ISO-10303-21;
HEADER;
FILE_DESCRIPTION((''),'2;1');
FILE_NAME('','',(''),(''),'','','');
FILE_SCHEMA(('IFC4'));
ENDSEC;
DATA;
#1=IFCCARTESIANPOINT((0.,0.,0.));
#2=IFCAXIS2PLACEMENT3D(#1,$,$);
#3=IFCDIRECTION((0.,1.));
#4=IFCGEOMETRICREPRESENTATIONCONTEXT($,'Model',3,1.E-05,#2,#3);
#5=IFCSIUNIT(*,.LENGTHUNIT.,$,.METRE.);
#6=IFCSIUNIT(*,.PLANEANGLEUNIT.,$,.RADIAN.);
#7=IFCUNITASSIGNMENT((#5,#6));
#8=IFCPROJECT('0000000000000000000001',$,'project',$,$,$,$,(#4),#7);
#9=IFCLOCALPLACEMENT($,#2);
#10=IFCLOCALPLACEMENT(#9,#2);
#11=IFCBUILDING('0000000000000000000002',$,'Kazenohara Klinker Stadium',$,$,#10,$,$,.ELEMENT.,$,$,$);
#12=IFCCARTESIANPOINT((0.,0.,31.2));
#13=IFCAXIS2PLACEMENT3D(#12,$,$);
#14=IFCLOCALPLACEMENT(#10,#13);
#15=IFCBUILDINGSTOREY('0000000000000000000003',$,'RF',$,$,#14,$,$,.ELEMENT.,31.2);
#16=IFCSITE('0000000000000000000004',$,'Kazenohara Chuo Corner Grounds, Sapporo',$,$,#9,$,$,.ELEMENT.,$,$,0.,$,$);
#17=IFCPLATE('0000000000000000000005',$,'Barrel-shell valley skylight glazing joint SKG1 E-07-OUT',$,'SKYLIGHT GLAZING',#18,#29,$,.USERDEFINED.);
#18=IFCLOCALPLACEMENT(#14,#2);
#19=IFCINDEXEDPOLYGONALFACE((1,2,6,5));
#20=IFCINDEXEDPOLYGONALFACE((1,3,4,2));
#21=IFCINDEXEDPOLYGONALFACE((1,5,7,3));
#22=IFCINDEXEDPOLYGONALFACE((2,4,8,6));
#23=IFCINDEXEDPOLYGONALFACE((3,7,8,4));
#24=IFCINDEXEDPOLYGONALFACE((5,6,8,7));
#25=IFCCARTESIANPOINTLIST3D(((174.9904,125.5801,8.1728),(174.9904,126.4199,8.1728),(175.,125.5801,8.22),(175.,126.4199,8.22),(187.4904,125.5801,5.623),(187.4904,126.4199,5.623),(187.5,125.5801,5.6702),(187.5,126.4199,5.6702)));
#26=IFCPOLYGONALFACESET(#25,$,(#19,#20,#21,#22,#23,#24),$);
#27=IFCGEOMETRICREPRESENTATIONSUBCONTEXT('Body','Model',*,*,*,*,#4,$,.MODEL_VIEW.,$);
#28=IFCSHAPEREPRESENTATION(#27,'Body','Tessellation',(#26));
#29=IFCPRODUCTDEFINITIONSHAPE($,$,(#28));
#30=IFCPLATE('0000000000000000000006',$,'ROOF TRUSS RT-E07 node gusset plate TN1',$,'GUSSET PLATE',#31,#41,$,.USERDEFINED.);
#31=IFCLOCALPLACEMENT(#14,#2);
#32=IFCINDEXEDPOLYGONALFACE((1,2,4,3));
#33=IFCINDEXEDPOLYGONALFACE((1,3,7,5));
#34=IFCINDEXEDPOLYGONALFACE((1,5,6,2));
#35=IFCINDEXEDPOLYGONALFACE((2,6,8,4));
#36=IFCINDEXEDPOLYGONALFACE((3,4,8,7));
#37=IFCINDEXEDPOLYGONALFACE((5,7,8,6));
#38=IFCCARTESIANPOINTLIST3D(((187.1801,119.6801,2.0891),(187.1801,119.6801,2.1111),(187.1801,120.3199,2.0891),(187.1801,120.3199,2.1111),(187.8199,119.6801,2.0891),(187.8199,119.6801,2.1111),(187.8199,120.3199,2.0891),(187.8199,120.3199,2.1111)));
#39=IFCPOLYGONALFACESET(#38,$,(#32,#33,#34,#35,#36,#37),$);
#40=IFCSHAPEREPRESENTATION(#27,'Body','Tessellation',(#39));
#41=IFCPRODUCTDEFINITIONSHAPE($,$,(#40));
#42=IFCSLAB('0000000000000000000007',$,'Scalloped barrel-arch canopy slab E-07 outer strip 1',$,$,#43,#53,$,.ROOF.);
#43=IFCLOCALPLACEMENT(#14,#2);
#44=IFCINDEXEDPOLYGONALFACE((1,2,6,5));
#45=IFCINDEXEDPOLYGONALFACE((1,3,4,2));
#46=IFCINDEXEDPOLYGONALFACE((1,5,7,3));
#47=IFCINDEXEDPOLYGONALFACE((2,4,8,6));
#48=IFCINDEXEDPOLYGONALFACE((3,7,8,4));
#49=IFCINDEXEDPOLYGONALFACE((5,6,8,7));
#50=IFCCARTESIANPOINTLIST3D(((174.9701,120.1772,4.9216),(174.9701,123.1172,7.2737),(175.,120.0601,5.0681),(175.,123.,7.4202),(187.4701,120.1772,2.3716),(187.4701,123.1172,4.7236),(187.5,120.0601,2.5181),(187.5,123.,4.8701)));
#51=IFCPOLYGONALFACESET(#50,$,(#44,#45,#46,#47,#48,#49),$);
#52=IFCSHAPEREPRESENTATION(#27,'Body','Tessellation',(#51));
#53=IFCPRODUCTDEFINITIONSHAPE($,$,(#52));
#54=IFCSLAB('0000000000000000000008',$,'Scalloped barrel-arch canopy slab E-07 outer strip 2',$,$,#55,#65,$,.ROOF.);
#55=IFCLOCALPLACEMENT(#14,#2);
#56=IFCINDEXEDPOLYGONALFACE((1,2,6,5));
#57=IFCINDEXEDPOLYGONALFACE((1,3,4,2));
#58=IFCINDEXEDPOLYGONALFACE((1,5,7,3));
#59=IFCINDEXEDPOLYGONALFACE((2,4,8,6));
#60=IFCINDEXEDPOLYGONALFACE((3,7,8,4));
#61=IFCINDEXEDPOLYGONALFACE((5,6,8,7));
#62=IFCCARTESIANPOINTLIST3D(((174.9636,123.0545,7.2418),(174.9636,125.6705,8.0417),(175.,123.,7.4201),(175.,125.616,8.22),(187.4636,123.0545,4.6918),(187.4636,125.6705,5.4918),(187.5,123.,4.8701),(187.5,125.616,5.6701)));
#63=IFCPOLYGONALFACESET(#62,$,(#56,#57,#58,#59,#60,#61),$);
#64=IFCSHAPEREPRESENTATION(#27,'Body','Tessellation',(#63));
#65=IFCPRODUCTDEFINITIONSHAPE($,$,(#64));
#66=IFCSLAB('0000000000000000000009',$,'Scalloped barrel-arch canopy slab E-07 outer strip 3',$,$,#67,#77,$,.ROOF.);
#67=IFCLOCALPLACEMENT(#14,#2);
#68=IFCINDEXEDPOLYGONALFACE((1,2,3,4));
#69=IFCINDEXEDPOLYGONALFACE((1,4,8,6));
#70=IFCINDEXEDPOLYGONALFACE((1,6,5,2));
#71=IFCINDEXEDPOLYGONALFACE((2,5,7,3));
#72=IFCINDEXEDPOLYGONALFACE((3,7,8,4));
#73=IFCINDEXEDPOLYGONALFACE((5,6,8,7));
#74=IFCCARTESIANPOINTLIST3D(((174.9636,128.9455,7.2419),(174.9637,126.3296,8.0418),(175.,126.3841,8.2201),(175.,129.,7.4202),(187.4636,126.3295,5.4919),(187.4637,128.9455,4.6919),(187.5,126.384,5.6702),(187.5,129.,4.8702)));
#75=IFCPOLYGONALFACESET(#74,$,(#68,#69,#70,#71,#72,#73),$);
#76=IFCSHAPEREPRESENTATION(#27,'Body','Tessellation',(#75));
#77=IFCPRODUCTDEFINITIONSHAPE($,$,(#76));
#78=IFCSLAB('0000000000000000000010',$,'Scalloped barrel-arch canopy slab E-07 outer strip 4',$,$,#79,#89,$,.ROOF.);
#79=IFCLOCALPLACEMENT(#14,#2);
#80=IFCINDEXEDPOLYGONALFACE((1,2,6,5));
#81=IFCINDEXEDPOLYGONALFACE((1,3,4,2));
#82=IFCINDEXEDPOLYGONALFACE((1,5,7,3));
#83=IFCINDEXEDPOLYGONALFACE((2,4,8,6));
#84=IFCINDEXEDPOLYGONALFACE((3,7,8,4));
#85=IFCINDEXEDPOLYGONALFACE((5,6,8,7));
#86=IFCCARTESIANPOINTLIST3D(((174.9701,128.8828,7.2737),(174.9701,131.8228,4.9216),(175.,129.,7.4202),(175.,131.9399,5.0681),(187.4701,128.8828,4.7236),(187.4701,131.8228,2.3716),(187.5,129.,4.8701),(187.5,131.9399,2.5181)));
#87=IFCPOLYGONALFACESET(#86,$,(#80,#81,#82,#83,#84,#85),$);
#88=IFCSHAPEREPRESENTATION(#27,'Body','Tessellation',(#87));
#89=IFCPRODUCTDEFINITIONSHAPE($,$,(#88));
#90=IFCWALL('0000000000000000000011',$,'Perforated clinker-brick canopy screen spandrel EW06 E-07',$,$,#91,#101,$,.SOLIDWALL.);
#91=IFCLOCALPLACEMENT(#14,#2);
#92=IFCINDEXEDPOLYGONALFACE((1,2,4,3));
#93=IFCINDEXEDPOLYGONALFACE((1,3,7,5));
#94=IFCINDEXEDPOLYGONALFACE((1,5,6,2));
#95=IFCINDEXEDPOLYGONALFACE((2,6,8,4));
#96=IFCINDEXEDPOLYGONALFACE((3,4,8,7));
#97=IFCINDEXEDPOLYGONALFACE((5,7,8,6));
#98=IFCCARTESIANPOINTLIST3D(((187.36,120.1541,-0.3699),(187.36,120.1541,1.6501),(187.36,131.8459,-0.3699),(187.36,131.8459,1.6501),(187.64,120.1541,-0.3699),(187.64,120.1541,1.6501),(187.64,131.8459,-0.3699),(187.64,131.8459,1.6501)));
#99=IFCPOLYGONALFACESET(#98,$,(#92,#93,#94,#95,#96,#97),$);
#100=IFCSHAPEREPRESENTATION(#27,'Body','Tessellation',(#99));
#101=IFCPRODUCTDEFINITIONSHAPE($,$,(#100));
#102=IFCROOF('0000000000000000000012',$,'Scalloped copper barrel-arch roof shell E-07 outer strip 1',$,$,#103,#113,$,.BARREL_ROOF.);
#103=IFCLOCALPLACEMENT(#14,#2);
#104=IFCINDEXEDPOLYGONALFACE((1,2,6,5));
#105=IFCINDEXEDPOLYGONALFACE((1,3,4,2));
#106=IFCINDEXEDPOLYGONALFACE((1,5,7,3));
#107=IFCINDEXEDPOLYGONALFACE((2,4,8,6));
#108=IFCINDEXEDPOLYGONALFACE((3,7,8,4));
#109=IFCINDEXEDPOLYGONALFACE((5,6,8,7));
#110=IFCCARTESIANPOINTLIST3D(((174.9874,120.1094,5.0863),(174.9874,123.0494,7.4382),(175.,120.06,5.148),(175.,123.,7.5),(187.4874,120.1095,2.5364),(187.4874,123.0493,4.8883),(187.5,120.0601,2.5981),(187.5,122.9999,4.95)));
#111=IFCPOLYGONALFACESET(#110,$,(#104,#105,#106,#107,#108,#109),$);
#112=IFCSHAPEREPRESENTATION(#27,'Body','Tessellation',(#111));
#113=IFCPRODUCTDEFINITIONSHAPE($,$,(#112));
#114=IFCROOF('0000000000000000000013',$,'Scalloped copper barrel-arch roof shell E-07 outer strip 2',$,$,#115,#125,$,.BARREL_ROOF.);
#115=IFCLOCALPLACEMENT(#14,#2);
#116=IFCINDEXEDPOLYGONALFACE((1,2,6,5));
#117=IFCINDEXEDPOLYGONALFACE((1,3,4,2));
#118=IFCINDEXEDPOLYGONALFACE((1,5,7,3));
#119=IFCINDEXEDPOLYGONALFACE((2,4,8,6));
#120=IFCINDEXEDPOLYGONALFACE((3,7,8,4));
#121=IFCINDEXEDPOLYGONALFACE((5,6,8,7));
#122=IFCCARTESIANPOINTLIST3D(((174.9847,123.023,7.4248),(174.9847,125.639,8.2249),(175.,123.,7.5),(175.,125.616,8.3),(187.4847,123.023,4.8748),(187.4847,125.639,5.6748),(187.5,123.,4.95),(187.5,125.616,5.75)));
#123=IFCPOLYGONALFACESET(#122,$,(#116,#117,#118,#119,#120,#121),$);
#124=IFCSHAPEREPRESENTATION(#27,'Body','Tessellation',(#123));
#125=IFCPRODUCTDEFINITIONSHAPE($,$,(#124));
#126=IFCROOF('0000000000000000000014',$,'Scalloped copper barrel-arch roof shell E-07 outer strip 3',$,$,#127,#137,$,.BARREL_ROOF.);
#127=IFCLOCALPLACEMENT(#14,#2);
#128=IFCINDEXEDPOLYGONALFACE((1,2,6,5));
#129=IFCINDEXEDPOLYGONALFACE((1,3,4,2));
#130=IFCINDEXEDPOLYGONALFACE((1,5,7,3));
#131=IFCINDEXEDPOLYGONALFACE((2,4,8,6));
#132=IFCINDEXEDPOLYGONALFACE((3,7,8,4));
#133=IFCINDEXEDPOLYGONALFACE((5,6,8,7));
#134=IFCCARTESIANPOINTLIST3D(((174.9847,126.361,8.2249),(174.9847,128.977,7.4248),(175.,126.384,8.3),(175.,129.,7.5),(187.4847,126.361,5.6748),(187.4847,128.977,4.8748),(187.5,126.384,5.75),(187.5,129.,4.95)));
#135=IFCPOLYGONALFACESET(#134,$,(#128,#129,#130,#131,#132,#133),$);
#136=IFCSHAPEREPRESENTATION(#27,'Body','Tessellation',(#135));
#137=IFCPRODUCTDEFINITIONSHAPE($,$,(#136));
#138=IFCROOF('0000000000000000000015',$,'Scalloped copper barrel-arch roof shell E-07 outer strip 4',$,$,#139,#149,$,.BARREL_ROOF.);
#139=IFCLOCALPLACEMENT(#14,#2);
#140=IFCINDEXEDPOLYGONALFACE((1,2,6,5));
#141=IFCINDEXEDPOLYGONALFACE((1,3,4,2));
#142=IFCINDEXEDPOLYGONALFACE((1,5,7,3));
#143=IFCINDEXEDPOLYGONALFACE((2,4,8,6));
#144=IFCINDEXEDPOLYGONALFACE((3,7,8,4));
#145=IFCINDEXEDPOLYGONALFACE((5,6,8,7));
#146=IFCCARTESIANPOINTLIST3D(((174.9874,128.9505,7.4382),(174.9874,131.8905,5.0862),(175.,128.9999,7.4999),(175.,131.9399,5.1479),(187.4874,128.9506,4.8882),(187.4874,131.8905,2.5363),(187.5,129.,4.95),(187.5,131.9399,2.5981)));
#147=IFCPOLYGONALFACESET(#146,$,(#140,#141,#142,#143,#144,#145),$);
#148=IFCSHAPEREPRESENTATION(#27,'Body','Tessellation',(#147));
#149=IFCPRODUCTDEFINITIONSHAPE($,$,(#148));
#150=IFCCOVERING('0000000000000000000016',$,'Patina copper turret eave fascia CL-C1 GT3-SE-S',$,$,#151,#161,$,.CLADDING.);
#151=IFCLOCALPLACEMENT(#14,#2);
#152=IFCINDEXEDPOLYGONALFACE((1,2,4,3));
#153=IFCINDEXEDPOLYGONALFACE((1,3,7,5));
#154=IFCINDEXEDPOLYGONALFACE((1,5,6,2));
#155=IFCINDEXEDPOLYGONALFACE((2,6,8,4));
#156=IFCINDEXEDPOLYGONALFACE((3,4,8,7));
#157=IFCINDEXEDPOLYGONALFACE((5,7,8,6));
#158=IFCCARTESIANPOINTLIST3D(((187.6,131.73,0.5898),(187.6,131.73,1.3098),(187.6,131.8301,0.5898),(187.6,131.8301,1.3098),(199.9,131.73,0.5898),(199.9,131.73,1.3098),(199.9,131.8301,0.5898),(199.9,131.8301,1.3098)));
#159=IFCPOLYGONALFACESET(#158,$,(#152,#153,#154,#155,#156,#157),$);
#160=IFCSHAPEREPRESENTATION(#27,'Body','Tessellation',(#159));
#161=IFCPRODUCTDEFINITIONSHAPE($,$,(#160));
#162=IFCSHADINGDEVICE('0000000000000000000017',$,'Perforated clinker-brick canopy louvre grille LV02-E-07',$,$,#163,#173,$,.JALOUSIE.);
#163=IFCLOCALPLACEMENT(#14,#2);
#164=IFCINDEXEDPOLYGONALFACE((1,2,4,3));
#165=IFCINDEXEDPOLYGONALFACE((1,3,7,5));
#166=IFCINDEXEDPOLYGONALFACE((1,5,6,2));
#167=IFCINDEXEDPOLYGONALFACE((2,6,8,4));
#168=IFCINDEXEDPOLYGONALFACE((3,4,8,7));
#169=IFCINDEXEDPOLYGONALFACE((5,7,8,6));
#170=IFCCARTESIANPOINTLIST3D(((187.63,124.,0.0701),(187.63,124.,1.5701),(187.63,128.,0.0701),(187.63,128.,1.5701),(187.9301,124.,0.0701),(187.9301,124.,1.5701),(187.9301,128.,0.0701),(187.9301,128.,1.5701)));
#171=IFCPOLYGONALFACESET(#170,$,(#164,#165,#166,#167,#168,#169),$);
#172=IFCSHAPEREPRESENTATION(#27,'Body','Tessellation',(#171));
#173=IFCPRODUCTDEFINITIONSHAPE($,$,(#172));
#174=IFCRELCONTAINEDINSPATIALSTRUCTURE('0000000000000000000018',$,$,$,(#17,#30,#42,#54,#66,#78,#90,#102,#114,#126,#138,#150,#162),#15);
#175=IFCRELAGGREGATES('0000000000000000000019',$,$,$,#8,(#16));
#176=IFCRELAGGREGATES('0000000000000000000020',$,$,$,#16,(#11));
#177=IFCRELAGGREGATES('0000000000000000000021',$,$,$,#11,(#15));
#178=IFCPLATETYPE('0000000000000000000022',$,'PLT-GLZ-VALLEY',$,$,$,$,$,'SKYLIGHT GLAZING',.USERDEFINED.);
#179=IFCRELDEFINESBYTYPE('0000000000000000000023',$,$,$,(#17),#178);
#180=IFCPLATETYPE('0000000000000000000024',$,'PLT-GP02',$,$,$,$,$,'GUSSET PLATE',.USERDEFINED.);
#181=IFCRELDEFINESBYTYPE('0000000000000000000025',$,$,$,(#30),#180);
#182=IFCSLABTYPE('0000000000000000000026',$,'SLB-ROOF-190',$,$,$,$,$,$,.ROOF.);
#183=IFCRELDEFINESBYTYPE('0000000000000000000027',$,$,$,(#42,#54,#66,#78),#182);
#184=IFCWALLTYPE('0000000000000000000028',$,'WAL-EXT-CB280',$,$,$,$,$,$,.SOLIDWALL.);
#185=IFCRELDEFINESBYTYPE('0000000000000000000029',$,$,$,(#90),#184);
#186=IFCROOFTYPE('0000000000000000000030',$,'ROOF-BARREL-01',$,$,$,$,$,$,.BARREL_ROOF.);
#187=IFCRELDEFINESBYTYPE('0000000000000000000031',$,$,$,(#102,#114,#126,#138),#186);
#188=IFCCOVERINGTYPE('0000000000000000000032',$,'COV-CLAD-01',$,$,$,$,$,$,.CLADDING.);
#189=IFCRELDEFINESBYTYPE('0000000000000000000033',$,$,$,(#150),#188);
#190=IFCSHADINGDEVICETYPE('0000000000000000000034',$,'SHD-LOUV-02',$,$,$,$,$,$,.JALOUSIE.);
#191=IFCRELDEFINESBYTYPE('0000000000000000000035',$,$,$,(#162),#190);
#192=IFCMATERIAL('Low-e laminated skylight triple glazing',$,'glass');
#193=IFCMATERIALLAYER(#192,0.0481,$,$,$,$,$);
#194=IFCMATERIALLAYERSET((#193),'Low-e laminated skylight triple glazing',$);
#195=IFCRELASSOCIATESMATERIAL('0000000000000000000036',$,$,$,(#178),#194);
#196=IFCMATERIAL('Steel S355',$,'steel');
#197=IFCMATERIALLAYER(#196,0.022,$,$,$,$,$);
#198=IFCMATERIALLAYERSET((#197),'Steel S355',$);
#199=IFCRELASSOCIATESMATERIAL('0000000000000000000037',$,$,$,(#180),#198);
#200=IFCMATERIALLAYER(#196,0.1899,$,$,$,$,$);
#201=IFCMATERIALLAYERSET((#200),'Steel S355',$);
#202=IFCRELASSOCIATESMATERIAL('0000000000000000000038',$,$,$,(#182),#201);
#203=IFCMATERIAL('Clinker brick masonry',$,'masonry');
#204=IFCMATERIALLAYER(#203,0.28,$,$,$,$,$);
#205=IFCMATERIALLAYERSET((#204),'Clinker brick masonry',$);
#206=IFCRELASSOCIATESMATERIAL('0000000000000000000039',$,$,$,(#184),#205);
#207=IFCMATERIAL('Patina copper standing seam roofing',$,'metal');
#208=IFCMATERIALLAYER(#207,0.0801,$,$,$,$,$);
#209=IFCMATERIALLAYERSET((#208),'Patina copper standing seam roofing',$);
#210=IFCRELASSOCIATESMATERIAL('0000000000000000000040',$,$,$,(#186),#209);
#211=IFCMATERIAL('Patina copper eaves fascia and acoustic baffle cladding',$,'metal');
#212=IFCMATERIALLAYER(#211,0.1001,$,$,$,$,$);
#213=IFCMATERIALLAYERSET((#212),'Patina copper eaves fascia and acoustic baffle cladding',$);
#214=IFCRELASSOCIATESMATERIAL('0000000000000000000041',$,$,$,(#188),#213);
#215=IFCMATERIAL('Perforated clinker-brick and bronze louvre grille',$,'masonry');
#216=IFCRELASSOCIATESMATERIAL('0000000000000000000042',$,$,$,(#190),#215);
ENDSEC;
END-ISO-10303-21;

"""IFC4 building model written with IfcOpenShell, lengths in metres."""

from ifc_helpers import new_model, si_unit, direction, frame, frame_2d, origin, origin_2d, place, context, subcontext, project, spatial, polyline, rectangle, outline, extrude, material, layer, layer_set, type_object, element, save


model = new_model("IFC4")

# Units and contexts
model_context = context("Model", 3, precision=1e-05, world=origin(), true_north=direction((0.0, 1.0)))
body_context = subcontext(model_context, "Body", "Model", "MODEL_VIEW")
ifc_project = project(units=[si_unit("LENGTHUNIT", "METRE"), si_unit("PLANEANGLEUNIT", "RADIAN")], contexts=[model_context])

# Site, building, storey
site_placement = place(None, origin())
site = spatial("IfcSite", under=ifc_project, at=site_placement, Name="Kazenohara Chuo Corner Grounds, Sapporo", CompositionType="ELEMENT", RefElevation=0.0)
building_placement = place(site_placement, origin())
building = spatial("IfcBuilding", under=site, at=building_placement, Name="Kazenohara Klinker Stadium", CompositionType="ELEMENT")
storey_placement = place(building_placement, frame((0.0, 0.0, 31.2)))
storey = spatial("IfcBuildingStorey", under=building, at=storey_placement, Name="RF", CompositionType="ELEMENT", Elevation=31.2)

# Shared definitions
ifc_material_1 = material(Name="Steel S355", Category="steel")

# Plates
ifc_material_2 = material(Name="Low-e laminated skylight triple glazing", Category="glass")
ifc_layer_1 = layer(ifc_material_2, 0.0481)
ifc_layer_set_1 = layer_set([ifc_layer_1], Name="Low-e laminated skylight triple glazing")
plate_type_1 = type_object("IfcPlateType", Name="PLT-GLZ-VALLEY", ElementType="SKYLIGHT GLAZING", PredefinedType="USERDEFINED", material=ifc_layer_set_1)
plate_1_placement = place(storey_placement, frame((187.5, 125.5801, 5.6702), z_axis=(0.199869, 0.0, 0.979823), x_axis=(-0.979823, 0.0, 0.199869)))
element("IfcPlate", 1, at=plate_1_placement, inside=storey, type_object=plate_type_1, Name="Barrel-shell valley skylight glazing joint SKG1 E-07-OUT", ObjectType="SKYLIGHT GLAZING", PredefinedType="USERDEFINED", context=body_context, shape_type="SweptSolid", body=[
    extrude(outline(polyline([(0.0, 0.0), (12.7574, 0.0), (12.7574, -0.8398), (0.0, -0.8398), (0.0, 0.0)])), origin(), (0.0, 0.0, -1.0), 0.0481),
])
ifc_layer_2 = layer(ifc_material_1, 0.022)
ifc_layer_set_2 = layer_set([ifc_layer_2], Name="Steel S355")
plate_type_2 = type_object("IfcPlateType", Name="PLT-GP02", ElementType="GUSSET PLATE", PredefinedType="USERDEFINED", material=ifc_layer_set_2)
plate_2_placement = place(storey_placement, frame((187.5, 120.0, 2.0891), z_axis=(0.0, 0.0, 1.0), x_axis=(1.0, 0.0, 0.0)))
element("IfcPlate", 2, at=plate_2_placement, inside=storey, type_object=plate_type_2, Name="ROOF TRUSS RT-E07 node gusset plate TN1", ObjectType="GUSSET PLATE", PredefinedType="USERDEFINED", context=body_context, shape_type="SweptSolid", body=[
    extrude(rectangle(XDim=0.6399, YDim=0.6399, at=origin_2d()), origin(), (0.0, 0.0, 1.0), 0.022),
])

# Slabs
ifc_layer_3 = layer(ifc_material_1, 0.1899)
ifc_layer_set_3 = layer_set([ifc_layer_3], Name="Steel S355")
slab_type = type_object("IfcSlabType", Name="SLB-ROOF-190", PredefinedType="ROOF", material=ifc_layer_set_3)
slab_1_placement = place(storey_placement, frame((187.5, 120.0601, 2.5181), z_axis=(0.157314, -0.616932, 0.771133), x_axis=(-0.979819, 0.0, 0.199887)))
element("IfcSlab", 3, at=slab_1_placement, inside=storey, type_object=slab_type, Name="Scalloped barrel-arch canopy slab E-07 outer strip 1", PredefinedType="ROOF", context=body_context, shape_type="SweptSolid", body=[
    extrude(outline(polyline([(0.0, 0.0), (12.7575, 0.0), (13.2276, -3.7356), (0.4701, -3.7356), (0.0, 0.0)])), origin(), (0.0, 0.0, -1.0), 0.1899),
])
slab_2_placement = place(storey_placement, frame((187.5, 123.0, 4.8701), z_axis=(0.191468, -0.28701, 0.938597), x_axis=(-0.979821, 0.000003, 0.199878)))
element("IfcSlab", 4, at=slab_2_placement, inside=storey, type_object=slab_type, Name="Scalloped barrel-arch canopy slab E-07 outer strip 2", PredefinedType="ROOF", context=body_context, shape_type="SweptSolid", body=[
    extrude(outline(polyline([(0.0, 0.0), (12.7575, 0.0), (12.9173, -2.7308), (0.1599, -2.7309), (0.0, 0.0)])), origin(), (0.0, 0.0, -1.0), 0.1899),
])
slab_3_placement = place(storey_placement, frame((187.5, 126.384, 5.6702), z_axis=(0.191468, 0.28701, 0.938597), x_axis=(-0.979821, 0.000003, 0.199877)))
element("IfcSlab", 5, at=slab_3_placement, inside=storey, type_object=slab_type, Name="Scalloped barrel-arch canopy slab E-07 outer strip 3", PredefinedType="ROOF", context=body_context, shape_type="SweptSolid", body=[
    extrude(outline(polyline([(0.0, 0.0), (12.7574, 0.0), (12.5976, -2.7308), (-0.1599, -2.7309), (0.0, 0.0)])), origin(), (0.0, 0.0, -1.0), 0.1899),
])
slab_4_placement = place(storey_placement, frame((187.5, 129.0, 4.8701), z_axis=(0.157314, 0.616932, 0.771133), x_axis=(-0.979819, 0.0, 0.199887)))
element("IfcSlab", 6, at=slab_4_placement, inside=storey, type_object=slab_type, Name="Scalloped barrel-arch canopy slab E-07 outer strip 4", PredefinedType="ROOF", context=body_context, shape_type="SweptSolid", body=[
    extrude(outline(polyline([(0.0, 0.0), (12.7575, 0.0), (12.2873, -3.7356), (-0.4701, -3.7356), (0.0, 0.0)])), origin(), (0.0, 0.0, -1.0), 0.1899),
])

# Wall
ifc_material_3 = material(Name="Clinker brick masonry", Category="masonry")
ifc_layer_4 = layer(ifc_material_3, 0.28)
ifc_layer_set_4 = layer_set([ifc_layer_4], Name="Clinker brick masonry")
wall_type = type_object("IfcWallType", Name="WAL-EXT-CB280", PredefinedType="SOLIDWALL", material=ifc_layer_set_4)
wall_placement = place(storey_placement, frame((187.5, 120.1541, -0.3699), z_axis=(0.0, 0.0, 1.0), x_axis=(0.0, 1.0, 0.0)))
element("IfcWall", 7, at=wall_placement, inside=storey, type_object=wall_type, Name="Perforated clinker-brick canopy screen spandrel EW06 E-07", PredefinedType="SOLIDWALL", context=body_context, shape_type="SweptSolid", body=[
    extrude(rectangle(XDim=11.6919, YDim=0.28, at=frame_2d((5.8459, 0.0))), origin(), (0.0, 0.0, 1.0), 2.02),
])

# Roofs
ifc_material_4 = material(Name="Patina copper standing seam roofing", Category="metal")
ifc_layer_5 = layer(ifc_material_4, 0.0801)
ifc_layer_set_5 = layer_set([ifc_layer_5], Name="Patina copper standing seam roofing")
roof_type = type_object("IfcRoofType", Name="ROOF-BARREL-01", PredefinedType="BARREL_ROOF", material=ifc_layer_set_5)
roof_1_placement = place(storey_placement, frame((187.5, 120.0601, 2.5981), z_axis=(0.15731, -0.616913, 0.77115), x_axis=(-0.979822, -0.000005, 0.199874)))
element("IfcRoof", 8, at=roof_1_placement, inside=storey, type_object=roof_type, Name="Scalloped copper barrel-arch roof shell E-07 outer strip 1", PredefinedType="BARREL_ROOF", context=body_context, shape_type="SweptSolid", body=[
    extrude(outline(polyline([(0.0, 0.0), (12.7574, 0.0), (13.2275, -3.7356), (0.4701, -3.7354), (0.0, 0.0)])), origin(), (0.0, 0.0, -1.0), 0.0801),
])
roof_2_placement = place(storey_placement, frame((187.5, 123.0, 4.95), z_axis=(0.191475, -0.28705, 0.938584), x_axis=(-0.979819, 0.0, 0.199887)))
element("IfcRoof", 9, at=roof_2_placement, inside=storey, type_object=roof_type, Name="Scalloped copper barrel-arch roof shell E-07 outer strip 2", PredefinedType="BARREL_ROOF", context=body_context, shape_type="SweptSolid", body=[
    extrude(outline(polyline([(0.0, 0.0), (12.7575, 0.0), (12.9174, -2.7309), (0.1599, -2.7309), (0.0, 0.0)])), origin(), (0.0, 0.0, -1.0), 0.0801),
])
roof_3_placement = place(storey_placement, frame((187.5, 126.384, 5.75), z_axis=(0.191475, 0.28705, 0.938584), x_axis=(-0.979819, 0.0, 0.199887)))
element("IfcRoof", 10, at=roof_3_placement, inside=storey, type_object=roof_type, Name="Scalloped copper barrel-arch roof shell E-07 outer strip 3", PredefinedType="BARREL_ROOF", context=body_context, shape_type="SweptSolid", body=[
    extrude(outline(polyline([(0.0, 0.0), (12.7575, 0.0), (12.5975, -2.7309), (-0.1599, -2.7309), (0.0, 0.0)])), origin(), (0.0, 0.0, -1.0), 0.0801),
])
roof_4_placement = place(storey_placement, frame((187.5, 129.0, 4.95), z_axis=(0.15731, 0.616913, 0.77115), x_axis=(-0.97982, -0.000005, 0.199881)))
element("IfcRoof", 11, at=roof_4_placement, inside=storey, type_object=roof_type, Name="Scalloped copper barrel-arch roof shell E-07 outer strip 4", PredefinedType="BARREL_ROOF", context=body_context, shape_type="SweptSolid", body=[
    extrude(outline(polyline([(0.0, 0.0), (12.7575, 0.0), (12.2873, -3.7356), (-0.4701, -3.7354), (0.0, 0.0)])), origin(), (0.0, 0.0, -1.0), 0.0801),
])

# Covering
ifc_material_5 = material(Name="Patina copper eaves fascia and acoustic baffle cladding", Category="metal")
ifc_layer_6 = layer(ifc_material_5, 0.1001)
ifc_layer_set_6 = layer_set([ifc_layer_6], Name="Patina copper eaves fascia and acoustic baffle cladding")
covering_type = type_object("IfcCoveringType", Name="COV-CLAD-01", PredefinedType="CLADDING", material=ifc_layer_set_6)
covering_placement = place(storey_placement, frame((193.75, 131.78, 0.5898), z_axis=(0.0, 0.0, 1.0), x_axis=(1.0, 0.0, 0.0)))
element("IfcCovering", 12, at=covering_placement, inside=storey, type_object=covering_type, Name="Patina copper turret eave fascia CL-C1 GT3-SE-S", PredefinedType="CLADDING", context=body_context, shape_type="SweptSolid", body=[
    extrude(rectangle(XDim=12.3, YDim=0.1001, at=origin_2d()), origin(), (0.0, 0.0, 1.0), 0.72),
])

# Shading device
ifc_material_6 = material(Name="Perforated clinker-brick and bronze louvre grille", Category="masonry")
shading_device_type = type_object("IfcShadingDeviceType", Name="SHD-LOUV-02", PredefinedType="JALOUSIE", material=ifc_material_6)
shading_device_placement = place(storey_placement, frame((187.78, 126.0, 0.0701), z_axis=(0.0, 0.0, 1.0), x_axis=(0.0, 1.0, 0.0)))
element("IfcShadingDevice", 13, at=shading_device_placement, inside=storey, type_object=shading_device_type, Name="Perforated clinker-brick canopy louvre grille LV02-E-07", PredefinedType="JALOUSIE", context=body_context, shape_type="SweptSolid", body=[
    extrude(rectangle(XDim=4.0, YDim=0.3, at=origin_2d()), origin(), (0.0, 0.0, 1.0), 1.5),
])

save(model, "model.ifc")
